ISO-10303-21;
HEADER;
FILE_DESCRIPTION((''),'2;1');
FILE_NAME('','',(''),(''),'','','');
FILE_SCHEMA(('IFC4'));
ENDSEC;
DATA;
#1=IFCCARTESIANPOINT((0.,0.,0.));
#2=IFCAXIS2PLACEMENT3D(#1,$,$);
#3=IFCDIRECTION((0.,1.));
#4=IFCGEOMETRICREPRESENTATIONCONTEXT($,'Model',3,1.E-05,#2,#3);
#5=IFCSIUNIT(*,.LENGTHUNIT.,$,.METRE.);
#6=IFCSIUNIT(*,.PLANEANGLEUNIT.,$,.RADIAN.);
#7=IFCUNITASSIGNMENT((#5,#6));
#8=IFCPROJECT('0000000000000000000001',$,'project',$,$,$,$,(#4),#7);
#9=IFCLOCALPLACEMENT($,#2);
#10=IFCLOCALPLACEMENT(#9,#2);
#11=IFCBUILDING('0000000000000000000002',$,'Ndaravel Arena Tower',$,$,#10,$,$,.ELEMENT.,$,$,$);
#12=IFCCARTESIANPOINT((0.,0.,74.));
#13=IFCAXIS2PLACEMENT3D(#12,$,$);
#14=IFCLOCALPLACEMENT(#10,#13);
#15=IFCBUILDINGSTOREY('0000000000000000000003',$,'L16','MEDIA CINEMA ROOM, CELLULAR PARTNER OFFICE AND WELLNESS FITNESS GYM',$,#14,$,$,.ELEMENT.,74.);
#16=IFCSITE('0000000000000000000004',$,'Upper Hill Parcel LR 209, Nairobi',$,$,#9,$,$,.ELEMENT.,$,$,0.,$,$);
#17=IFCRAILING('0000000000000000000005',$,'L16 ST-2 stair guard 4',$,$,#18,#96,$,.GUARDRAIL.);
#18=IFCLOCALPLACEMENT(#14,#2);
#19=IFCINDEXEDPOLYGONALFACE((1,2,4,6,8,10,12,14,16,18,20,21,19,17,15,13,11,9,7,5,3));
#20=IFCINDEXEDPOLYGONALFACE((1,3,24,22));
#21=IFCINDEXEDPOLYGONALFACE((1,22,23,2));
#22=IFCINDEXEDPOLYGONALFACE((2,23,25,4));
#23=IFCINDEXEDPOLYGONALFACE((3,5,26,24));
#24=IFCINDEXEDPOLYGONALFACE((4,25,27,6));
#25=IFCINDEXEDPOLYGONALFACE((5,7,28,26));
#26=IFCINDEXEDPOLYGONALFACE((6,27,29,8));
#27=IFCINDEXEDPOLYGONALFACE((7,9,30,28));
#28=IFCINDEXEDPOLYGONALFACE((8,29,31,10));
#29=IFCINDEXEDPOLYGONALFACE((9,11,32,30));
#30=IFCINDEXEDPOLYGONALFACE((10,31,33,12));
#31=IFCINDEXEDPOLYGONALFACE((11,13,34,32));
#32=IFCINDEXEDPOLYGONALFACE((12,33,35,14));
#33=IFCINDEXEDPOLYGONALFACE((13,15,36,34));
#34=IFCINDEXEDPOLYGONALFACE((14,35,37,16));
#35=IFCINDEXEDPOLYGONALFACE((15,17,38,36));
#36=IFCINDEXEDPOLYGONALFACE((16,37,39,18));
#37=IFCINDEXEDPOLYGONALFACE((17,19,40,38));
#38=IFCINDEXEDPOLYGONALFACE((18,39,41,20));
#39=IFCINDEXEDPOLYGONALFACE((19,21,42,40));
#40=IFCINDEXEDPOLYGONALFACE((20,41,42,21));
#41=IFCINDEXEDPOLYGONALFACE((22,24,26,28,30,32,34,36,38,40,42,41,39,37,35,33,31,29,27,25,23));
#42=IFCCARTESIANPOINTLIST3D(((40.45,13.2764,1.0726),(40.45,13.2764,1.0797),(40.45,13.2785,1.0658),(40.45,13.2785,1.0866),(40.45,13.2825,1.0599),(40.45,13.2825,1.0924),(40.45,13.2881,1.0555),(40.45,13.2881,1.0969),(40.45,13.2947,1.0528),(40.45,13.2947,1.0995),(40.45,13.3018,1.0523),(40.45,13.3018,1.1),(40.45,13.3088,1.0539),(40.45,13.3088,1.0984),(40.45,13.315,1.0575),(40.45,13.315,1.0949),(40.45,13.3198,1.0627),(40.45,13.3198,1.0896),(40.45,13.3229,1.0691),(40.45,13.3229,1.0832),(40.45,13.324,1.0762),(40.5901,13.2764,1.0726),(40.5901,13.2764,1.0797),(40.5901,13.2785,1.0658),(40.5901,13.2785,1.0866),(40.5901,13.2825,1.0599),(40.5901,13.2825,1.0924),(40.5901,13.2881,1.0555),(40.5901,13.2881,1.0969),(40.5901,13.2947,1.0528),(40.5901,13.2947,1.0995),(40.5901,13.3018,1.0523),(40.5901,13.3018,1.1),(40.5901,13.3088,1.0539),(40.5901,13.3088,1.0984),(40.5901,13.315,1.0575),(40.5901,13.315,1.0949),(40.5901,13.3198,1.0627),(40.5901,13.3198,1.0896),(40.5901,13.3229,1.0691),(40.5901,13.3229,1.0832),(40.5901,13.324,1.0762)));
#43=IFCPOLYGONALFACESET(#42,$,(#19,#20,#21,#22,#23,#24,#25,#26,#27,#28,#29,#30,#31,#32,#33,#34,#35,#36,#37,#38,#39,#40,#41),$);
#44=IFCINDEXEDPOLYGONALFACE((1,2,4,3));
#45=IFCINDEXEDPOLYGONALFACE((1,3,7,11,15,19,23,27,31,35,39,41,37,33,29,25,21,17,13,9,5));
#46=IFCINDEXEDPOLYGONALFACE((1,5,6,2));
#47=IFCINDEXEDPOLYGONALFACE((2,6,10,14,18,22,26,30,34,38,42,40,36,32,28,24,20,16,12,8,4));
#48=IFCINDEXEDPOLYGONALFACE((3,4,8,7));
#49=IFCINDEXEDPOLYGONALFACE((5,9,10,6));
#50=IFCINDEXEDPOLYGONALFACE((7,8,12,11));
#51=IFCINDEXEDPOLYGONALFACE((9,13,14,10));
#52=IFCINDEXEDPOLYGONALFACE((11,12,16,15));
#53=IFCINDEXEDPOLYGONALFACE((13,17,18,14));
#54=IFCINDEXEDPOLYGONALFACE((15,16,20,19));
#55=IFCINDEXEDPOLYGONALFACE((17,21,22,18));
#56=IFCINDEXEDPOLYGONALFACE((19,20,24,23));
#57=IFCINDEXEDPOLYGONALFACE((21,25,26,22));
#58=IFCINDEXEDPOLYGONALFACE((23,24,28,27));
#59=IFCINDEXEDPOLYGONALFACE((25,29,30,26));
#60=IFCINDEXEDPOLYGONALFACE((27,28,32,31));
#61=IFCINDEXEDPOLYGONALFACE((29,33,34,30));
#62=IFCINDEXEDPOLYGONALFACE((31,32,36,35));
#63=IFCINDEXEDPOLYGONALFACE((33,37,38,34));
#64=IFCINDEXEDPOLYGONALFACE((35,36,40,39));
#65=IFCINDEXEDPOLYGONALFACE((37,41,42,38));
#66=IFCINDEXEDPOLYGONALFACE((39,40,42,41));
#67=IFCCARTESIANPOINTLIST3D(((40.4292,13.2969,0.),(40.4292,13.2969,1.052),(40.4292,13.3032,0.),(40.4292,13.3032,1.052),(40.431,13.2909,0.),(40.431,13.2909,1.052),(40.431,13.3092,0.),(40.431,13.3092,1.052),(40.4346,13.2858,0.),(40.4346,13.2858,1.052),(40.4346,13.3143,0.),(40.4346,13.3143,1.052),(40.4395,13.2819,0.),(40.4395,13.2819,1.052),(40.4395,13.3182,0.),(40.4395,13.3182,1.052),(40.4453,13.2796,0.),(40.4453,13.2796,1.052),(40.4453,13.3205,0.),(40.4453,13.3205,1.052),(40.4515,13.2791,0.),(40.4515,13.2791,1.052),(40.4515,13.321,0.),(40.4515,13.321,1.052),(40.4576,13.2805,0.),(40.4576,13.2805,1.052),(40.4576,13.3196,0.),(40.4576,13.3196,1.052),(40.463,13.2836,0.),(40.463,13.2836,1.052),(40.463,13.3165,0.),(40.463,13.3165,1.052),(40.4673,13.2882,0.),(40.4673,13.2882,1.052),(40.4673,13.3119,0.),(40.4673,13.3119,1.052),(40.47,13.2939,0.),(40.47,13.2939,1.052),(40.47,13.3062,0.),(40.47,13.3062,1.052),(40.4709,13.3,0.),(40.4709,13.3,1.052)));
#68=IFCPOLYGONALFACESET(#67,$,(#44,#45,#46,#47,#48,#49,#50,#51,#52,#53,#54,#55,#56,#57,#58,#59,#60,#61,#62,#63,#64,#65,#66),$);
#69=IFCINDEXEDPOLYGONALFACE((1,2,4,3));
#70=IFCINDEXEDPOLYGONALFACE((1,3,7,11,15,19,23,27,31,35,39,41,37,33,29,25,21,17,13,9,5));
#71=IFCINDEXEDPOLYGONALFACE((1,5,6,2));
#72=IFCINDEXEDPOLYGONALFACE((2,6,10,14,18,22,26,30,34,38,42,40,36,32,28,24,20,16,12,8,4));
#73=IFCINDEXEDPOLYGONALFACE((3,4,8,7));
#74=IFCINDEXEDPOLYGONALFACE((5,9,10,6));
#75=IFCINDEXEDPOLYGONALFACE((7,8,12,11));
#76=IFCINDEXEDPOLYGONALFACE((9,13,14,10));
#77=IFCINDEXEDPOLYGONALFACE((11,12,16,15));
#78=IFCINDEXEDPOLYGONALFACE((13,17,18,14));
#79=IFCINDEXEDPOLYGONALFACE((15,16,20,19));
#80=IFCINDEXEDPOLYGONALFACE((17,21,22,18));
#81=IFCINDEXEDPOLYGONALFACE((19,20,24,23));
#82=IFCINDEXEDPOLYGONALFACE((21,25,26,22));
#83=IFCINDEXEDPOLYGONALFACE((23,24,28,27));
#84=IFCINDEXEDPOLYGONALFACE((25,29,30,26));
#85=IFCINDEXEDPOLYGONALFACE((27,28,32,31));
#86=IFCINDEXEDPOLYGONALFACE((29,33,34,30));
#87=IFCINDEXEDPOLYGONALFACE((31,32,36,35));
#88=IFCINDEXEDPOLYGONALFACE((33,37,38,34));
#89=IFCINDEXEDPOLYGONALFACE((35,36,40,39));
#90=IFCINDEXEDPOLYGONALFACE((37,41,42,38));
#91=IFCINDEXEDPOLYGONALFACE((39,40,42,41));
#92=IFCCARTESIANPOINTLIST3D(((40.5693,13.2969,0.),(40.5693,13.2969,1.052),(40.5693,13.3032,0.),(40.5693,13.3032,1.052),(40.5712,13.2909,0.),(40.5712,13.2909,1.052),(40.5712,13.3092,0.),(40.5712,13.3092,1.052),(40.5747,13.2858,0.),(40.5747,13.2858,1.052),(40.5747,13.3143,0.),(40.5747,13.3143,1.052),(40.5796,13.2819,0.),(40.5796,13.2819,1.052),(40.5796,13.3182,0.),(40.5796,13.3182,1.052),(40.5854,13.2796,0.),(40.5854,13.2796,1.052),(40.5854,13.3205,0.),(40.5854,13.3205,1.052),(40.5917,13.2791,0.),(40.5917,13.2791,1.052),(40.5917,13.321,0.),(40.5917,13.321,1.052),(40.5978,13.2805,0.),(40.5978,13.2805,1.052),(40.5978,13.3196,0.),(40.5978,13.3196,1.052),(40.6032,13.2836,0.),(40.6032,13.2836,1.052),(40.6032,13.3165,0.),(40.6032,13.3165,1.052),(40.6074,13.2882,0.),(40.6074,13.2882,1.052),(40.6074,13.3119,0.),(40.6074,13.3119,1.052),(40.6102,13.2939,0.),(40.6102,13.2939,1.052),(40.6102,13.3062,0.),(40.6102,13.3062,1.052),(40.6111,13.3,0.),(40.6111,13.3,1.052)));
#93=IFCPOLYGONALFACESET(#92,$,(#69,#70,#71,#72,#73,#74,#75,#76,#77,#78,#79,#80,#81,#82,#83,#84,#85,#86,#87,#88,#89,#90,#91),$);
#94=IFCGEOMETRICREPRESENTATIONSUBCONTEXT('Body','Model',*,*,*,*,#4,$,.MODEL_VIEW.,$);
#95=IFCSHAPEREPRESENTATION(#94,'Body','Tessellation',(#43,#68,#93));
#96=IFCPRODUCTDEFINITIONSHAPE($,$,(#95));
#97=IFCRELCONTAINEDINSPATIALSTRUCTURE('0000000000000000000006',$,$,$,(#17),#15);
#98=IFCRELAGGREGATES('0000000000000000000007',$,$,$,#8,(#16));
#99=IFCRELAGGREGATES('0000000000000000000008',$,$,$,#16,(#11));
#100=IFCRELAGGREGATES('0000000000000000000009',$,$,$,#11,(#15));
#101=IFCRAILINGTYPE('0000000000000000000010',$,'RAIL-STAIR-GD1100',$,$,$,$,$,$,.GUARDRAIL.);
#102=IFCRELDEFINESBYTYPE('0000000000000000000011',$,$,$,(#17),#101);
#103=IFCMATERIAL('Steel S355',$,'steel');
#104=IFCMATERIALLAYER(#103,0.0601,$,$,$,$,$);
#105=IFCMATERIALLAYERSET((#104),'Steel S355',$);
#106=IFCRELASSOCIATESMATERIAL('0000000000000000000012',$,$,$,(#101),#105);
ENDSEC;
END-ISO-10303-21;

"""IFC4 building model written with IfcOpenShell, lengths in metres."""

from ifc_helpers import new_model, si_unit, direction, frame, origin, origin_2d, place, context, subcontext, project, spatial, circle, extrude, material, layer, layer_set, type_object, element, save


model = new_model("IFC4")

# Units and contexts
model_context = context("Model", 3, precision=1e-05, world=origin(), true_north=direction((0.0, 1.0)))
body_context = subcontext(model_context, "Body", "Model", "MODEL_VIEW")
ifc_project = project(units=[si_unit("LENGTHUNIT", "METRE"), si_unit("PLANEANGLEUNIT", "RADIAN")], contexts=[model_context])

# Site, building, storey
site_placement = place(None, origin())
site = spatial("IfcSite", under=ifc_project, at=site_placement, Name="Upper Hill Parcel LR 209, Nairobi", CompositionType="ELEMENT", RefElevation=0.0)
building_placement = place(site_placement, origin())
building = spatial("IfcBuilding", under=site, at=building_placement, Name="Ndaravel Arena Tower", CompositionType="ELEMENT")
storey_placement = place(building_placement, frame((0.0, 0.0, 74.0)))
storey = spatial("IfcBuildingStorey", under=building, at=storey_placement, Name="L16", Description="MEDIA CINEMA ROOM, CELLULAR PARTNER OFFICE AND WELLNESS FITNESS GYM", CompositionType="ELEMENT", Elevation=74.0)

# Railing
ifc_material_1 = material(Name="Steel S355", Category="steel")
ifc_layer_1 = layer(ifc_material_1, 0.0601)
ifc_layer_set_1 = layer_set([ifc_layer_1], Name="Steel S355")
railing_type_1 = type_object("IfcRailingType", Name="RAIL-STAIR-GD1100", PredefinedType="GUARDRAIL", material=ifc_layer_set_1)
railing_1_placement = place(storey_placement, frame((40.45, 13.3, 0.0)))
element("IfcRailing", 1, at=railing_1_placement, inside=storey, type_object=railing_type_1, Name="L16 ST-2 stair guard 4", PredefinedType="GUARDRAIL", context=body_context, shape_type="SweptSolid", body=[
    extrude(circle(Radius=0.0239, at=origin_2d()), frame((0.0, 0.0, 1.0762), z_axis=(1.0, 0.0, 0.0), x_axis=(0.0, 1.0, 0.0)), (0.0, 0.0, 1.0), 0.1401),
    extrude(circle(Radius=0.021, at=origin_2d()), origin(), (0.0, 0.0, 1.0), 1.052),
    extrude(circle(Radius=0.021, at=origin_2d()), frame((0.1401, 0.0, 0.0)), (0.0, 0.0, 1.0), 1.052),
])

save(model, "model.ifc")
